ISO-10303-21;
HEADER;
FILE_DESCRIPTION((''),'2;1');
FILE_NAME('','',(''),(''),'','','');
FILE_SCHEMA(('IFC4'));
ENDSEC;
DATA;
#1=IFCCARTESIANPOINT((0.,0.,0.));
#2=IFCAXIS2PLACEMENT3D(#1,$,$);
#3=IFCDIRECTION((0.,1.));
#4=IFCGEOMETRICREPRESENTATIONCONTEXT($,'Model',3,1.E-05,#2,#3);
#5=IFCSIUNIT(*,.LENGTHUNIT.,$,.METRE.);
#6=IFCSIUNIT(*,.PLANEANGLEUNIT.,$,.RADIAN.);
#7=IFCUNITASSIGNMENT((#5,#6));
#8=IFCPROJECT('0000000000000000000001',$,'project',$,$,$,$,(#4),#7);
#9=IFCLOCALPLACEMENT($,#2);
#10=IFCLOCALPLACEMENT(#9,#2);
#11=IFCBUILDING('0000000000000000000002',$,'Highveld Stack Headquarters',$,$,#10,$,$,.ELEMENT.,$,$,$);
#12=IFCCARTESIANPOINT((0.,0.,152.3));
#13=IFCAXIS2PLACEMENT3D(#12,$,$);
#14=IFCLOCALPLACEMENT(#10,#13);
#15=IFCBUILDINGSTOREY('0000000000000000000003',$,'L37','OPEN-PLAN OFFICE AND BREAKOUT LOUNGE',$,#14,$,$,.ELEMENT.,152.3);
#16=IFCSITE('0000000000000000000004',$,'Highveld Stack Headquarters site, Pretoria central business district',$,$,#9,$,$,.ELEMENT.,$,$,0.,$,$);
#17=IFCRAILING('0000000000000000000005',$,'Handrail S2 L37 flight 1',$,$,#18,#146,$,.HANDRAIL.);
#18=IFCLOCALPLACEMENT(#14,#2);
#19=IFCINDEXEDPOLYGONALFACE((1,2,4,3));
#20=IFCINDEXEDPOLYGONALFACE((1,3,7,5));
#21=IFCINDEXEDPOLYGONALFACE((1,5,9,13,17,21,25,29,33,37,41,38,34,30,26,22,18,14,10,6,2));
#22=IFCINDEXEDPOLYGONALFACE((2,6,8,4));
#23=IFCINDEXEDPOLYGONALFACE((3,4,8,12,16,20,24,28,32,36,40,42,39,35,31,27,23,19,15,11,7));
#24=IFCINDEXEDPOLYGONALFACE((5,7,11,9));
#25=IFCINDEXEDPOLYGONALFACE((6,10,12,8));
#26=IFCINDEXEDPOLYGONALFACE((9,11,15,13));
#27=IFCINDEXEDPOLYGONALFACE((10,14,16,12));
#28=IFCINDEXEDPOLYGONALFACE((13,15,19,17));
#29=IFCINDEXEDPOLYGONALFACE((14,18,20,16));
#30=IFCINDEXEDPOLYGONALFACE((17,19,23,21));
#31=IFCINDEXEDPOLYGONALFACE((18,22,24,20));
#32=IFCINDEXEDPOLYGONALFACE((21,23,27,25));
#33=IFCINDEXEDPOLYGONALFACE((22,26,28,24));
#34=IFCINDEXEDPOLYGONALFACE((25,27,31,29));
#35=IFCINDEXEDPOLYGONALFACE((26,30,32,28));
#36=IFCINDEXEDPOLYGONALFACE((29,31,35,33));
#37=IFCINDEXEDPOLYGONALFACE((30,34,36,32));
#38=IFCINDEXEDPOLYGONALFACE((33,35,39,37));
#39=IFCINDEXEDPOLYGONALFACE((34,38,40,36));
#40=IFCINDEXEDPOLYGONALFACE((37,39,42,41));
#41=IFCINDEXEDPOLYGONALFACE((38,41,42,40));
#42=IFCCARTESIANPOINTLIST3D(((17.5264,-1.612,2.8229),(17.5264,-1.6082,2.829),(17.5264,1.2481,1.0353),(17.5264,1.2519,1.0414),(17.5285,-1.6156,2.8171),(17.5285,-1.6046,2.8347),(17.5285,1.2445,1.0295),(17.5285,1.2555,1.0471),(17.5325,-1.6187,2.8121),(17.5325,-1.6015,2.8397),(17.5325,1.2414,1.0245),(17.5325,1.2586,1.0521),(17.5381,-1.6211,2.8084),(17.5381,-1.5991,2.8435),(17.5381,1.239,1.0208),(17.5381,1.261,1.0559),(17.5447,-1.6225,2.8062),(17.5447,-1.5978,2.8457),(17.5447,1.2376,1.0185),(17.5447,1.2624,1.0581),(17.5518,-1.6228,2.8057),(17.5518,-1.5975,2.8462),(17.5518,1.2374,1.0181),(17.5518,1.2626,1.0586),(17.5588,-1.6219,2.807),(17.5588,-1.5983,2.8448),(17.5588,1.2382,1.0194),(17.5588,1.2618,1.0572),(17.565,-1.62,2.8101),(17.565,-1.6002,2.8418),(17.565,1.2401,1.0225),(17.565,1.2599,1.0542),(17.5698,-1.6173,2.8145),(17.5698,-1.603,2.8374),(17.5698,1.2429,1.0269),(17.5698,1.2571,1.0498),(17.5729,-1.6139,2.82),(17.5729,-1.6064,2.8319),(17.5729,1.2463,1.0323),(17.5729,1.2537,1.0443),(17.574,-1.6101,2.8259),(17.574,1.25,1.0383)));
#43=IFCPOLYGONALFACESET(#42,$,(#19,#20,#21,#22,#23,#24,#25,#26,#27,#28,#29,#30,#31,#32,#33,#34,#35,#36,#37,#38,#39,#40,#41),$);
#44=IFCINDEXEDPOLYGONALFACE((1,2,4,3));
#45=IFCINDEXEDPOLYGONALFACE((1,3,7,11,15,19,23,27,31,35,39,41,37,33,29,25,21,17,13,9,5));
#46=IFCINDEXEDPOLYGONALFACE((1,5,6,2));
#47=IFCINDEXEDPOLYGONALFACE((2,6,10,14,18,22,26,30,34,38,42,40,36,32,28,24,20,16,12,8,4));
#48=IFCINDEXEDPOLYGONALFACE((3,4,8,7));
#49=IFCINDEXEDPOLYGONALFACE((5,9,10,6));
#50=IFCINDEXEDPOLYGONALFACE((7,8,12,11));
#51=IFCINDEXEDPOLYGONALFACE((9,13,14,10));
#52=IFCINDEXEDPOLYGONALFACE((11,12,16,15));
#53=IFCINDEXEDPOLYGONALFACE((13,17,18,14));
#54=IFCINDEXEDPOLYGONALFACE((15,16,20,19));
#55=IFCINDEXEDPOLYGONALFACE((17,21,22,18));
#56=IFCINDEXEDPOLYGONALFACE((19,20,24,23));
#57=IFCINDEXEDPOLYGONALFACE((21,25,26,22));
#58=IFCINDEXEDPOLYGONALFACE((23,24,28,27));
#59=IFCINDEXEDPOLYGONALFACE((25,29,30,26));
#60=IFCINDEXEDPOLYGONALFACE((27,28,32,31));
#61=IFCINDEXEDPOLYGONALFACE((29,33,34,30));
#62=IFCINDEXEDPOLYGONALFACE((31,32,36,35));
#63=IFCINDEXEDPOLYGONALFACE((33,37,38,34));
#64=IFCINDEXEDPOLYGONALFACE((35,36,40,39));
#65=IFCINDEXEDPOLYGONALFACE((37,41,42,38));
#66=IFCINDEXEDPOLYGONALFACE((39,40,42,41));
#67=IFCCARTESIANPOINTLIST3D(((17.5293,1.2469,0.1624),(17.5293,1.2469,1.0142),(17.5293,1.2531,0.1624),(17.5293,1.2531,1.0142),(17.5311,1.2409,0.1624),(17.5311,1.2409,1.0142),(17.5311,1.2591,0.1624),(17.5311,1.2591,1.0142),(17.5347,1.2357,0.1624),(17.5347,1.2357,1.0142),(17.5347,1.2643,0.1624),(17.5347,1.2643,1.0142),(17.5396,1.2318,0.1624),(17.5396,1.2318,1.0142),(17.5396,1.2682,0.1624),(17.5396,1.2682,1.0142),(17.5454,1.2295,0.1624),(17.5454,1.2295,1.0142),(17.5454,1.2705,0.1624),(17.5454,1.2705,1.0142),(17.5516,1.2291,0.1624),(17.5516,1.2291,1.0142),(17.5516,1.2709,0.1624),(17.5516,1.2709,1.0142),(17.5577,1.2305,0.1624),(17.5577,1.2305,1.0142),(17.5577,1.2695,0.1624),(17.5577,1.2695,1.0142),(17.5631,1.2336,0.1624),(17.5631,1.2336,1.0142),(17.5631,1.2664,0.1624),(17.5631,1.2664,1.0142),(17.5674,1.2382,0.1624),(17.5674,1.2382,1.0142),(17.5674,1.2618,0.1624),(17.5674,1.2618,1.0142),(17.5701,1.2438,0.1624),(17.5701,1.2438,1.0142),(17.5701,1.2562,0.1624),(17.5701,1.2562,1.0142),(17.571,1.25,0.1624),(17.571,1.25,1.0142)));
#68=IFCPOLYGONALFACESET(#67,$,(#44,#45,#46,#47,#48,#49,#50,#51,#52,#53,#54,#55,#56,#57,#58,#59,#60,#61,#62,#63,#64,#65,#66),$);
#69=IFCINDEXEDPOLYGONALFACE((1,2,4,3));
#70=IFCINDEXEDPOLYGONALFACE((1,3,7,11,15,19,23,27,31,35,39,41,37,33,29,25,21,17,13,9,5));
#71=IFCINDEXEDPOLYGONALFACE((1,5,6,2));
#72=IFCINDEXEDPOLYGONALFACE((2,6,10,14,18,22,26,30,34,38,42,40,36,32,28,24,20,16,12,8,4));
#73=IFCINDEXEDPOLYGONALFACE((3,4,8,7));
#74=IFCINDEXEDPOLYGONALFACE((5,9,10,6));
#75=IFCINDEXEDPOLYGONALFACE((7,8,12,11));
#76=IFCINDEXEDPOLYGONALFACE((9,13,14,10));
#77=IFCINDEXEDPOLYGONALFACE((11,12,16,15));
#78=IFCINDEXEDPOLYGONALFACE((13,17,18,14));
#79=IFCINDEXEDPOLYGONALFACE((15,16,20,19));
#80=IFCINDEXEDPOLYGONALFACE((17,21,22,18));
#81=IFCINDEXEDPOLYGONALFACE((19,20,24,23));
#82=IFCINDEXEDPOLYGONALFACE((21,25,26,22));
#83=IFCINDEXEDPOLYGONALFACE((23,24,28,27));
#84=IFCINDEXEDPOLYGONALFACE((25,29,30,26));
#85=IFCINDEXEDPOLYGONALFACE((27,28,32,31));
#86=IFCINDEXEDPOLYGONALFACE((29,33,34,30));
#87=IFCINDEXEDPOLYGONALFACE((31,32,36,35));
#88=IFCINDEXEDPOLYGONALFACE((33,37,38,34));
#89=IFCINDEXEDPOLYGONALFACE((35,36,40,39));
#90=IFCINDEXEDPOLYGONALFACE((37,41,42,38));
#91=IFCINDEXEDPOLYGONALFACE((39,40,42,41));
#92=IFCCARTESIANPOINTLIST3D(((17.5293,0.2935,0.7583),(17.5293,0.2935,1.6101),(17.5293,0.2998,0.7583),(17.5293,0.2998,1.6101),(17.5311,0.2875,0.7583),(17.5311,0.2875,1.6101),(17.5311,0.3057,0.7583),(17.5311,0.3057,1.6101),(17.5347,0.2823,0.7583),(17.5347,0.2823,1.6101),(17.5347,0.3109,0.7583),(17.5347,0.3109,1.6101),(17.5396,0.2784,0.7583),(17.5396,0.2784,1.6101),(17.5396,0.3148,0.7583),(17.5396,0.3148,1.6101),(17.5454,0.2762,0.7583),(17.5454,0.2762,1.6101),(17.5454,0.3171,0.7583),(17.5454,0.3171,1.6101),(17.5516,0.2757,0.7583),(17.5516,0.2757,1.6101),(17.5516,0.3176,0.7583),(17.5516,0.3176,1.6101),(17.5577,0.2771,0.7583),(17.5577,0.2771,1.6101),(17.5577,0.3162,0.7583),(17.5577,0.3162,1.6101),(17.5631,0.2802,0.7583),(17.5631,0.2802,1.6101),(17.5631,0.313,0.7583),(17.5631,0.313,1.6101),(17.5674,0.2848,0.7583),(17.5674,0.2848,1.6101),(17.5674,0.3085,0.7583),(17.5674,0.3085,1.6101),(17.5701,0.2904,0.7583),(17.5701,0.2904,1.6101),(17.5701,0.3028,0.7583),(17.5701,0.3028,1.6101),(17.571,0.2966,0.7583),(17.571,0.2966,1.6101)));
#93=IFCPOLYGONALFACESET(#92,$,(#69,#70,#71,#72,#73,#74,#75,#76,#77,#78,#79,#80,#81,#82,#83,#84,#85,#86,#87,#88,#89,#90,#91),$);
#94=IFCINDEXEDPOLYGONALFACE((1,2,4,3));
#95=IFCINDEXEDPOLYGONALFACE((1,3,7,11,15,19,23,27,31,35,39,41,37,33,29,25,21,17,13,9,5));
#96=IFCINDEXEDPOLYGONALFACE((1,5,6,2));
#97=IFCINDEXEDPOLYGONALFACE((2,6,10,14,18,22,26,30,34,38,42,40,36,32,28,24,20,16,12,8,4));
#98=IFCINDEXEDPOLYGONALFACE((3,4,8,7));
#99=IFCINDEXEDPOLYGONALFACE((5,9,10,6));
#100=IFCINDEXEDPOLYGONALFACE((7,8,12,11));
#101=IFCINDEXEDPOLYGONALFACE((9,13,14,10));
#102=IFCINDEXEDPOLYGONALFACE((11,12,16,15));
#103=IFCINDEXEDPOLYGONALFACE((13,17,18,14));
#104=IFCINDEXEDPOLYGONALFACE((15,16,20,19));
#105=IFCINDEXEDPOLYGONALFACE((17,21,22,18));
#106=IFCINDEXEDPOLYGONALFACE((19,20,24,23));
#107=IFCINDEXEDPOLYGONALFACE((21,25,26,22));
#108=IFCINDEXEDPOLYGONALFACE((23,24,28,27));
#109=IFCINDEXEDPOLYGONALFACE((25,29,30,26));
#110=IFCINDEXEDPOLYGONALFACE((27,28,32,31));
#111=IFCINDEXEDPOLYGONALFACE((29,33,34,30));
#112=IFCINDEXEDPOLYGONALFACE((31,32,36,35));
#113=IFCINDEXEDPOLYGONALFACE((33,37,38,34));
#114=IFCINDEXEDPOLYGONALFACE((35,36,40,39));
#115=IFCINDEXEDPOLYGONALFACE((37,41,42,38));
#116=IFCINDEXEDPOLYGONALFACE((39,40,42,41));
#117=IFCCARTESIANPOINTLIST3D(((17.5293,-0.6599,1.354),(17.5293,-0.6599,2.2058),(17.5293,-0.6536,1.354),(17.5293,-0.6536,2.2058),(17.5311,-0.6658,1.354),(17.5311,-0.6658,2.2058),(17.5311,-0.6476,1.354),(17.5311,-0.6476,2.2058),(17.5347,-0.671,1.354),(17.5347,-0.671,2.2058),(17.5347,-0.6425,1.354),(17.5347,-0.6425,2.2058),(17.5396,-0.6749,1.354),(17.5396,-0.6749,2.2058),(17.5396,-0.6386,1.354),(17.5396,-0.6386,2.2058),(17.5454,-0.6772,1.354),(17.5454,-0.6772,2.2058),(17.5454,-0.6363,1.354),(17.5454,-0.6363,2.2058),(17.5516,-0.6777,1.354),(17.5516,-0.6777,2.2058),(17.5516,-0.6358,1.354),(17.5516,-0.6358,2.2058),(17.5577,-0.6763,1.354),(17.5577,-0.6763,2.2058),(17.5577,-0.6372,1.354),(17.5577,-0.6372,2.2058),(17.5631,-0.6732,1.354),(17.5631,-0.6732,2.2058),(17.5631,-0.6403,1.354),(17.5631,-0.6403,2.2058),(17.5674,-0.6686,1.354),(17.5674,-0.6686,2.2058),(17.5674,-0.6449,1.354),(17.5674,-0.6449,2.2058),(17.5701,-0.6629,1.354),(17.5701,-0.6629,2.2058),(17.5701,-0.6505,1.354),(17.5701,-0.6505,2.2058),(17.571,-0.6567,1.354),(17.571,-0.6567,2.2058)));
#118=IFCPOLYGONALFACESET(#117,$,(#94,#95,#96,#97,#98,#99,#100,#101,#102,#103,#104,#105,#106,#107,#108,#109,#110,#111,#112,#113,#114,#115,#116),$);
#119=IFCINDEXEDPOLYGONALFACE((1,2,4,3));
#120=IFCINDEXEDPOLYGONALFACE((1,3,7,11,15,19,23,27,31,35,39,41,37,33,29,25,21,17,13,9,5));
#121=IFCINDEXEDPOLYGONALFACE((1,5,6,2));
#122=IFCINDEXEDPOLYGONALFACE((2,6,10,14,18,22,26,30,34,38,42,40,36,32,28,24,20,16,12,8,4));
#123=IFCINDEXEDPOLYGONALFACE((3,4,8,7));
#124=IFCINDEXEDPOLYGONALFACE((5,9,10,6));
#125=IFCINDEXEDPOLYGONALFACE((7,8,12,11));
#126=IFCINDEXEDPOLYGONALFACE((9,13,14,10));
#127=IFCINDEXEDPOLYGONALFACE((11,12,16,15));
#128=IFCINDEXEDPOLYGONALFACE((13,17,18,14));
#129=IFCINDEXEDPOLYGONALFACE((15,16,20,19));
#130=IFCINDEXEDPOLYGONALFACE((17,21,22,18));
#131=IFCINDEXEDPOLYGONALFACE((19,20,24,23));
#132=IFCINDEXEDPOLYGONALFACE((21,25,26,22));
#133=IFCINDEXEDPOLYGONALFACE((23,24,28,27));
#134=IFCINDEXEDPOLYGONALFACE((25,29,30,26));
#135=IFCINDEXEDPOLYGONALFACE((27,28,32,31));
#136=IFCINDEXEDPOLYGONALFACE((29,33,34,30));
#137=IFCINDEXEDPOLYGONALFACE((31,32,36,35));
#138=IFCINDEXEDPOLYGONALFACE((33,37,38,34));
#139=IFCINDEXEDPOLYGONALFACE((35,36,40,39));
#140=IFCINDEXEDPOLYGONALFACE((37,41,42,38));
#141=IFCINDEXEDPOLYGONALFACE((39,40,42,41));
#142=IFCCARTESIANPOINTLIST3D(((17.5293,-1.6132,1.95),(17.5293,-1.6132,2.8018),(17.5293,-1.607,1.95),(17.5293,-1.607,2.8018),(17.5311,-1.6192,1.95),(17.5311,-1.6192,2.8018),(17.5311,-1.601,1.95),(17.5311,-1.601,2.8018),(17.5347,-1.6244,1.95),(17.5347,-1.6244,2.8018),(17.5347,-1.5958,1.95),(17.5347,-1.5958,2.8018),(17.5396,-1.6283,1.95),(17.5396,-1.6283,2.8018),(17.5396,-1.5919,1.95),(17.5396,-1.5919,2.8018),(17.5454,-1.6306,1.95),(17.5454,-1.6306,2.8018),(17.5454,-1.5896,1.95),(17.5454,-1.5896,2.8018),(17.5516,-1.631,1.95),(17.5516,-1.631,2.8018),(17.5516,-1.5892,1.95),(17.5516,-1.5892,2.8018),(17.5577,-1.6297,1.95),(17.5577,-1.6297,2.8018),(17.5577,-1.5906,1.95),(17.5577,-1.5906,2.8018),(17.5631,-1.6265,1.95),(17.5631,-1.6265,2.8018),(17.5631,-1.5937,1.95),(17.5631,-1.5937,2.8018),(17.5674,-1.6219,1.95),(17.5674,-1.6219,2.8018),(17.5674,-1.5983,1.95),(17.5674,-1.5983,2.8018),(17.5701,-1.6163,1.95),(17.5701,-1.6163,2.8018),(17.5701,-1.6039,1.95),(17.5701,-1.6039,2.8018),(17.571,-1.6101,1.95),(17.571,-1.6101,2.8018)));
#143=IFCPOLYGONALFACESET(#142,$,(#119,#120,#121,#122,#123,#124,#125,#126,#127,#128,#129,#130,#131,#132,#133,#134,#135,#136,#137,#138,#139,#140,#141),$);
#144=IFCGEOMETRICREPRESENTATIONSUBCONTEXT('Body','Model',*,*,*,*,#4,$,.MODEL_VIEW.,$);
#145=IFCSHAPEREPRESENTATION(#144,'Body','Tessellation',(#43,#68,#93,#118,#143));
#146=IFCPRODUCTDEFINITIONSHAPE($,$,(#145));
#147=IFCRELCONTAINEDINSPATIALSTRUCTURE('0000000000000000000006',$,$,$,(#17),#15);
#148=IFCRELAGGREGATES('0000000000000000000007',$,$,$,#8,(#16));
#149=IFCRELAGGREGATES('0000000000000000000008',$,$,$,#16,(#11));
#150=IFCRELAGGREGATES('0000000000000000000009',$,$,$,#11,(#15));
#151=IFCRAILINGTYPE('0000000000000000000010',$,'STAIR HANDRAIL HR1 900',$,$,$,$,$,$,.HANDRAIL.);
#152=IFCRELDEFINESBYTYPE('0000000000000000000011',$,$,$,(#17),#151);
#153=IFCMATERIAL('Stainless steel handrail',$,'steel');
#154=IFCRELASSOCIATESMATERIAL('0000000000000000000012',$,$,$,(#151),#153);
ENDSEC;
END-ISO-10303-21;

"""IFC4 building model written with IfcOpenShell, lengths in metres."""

from ifc_helpers import new_model, si_unit, direction, frame, origin, origin_2d, place, context, subcontext, project, spatial, circle, extrude, material, type_object, element, save


model = new_model("IFC4")

# Units and contexts
model_context = context("Model", 3, precision=1e-05, world=origin(), true_north=direction((0.0, 1.0)))
body_context = subcontext(model_context, "Body", "Model", "MODEL_VIEW")
ifc_project = project(units=[si_unit("LENGTHUNIT", "METRE"), si_unit("PLANEANGLEUNIT", "RADIAN")], contexts=[model_context])

# Site, building, storey
site_placement = place(None, origin())
site = spatial("IfcSite", under=ifc_project, at=site_placement, Name="Highveld Stack Headquarters site, Pretoria central business district", CompositionType="ELEMENT", RefElevation=0.0)
building_placement = place(site_placement, origin())
building = spatial("IfcBuilding", under=site, at=building_placement, Name="Highveld Stack Headquarters", CompositionType="ELEMENT")
storey_placement = place(building_placement, frame((0.0, 0.0, 152.3)))
storey = spatial("IfcBuildingStorey", under=building, at=storey_placement, Name="L37", Description="OPEN-PLAN OFFICE AND BREAKOUT LOUNGE", CompositionType="ELEMENT", Elevation=152.3)

# Railing
ifc_material_1 = material(Name="Stainless steel handrail", Category="steel")
railing_type = type_object("IfcRailingType", Name="STAIR HANDRAIL HR1 900", PredefinedType="HANDRAIL", material=ifc_material_1)
for number, where, name in (
    (1, (17.55, 1.25, 0.1624), "Handrail S2 L37 flight 1"),
):
    element("IfcRailing", number, at=place(storey_placement, frame(where)), inside=storey, type_object=railing_type, Name=name, PredefinedType="HANDRAIL", context=body_context, shape_type="SweptSolid", body=[
        extrude(circle(Radius=0.0239, at=origin_2d()), frame((0.0, 0.0, 0.876), z_axis=(0.0, -0.847994, 0.530005), x_axis=(1.0, 0.0, 0.0)), (0.0, 0.0, 1.0), 3.3728),
        extrude(circle(Radius=0.021, at=origin_2d()), origin(), (0.0, 0.0, 1.0), 0.8518),
        extrude(circle(Radius=0.021, at=origin_2d()), frame((0.0, -0.9534, 0.5959)), (0.0, 0.0, 1.0), 0.8518),
        extrude(circle(Radius=0.021, at=origin_2d()), frame((0.0, -1.9067, 1.1917)), (0.0, 0.0, 1.0), 0.8518),
        extrude(circle(Radius=0.021, at=origin_2d()), frame((0.0, -2.8601, 1.7876)), (0.0, 0.0, 1.0), 0.8518),
    ])

save(model, "model.ifc")
